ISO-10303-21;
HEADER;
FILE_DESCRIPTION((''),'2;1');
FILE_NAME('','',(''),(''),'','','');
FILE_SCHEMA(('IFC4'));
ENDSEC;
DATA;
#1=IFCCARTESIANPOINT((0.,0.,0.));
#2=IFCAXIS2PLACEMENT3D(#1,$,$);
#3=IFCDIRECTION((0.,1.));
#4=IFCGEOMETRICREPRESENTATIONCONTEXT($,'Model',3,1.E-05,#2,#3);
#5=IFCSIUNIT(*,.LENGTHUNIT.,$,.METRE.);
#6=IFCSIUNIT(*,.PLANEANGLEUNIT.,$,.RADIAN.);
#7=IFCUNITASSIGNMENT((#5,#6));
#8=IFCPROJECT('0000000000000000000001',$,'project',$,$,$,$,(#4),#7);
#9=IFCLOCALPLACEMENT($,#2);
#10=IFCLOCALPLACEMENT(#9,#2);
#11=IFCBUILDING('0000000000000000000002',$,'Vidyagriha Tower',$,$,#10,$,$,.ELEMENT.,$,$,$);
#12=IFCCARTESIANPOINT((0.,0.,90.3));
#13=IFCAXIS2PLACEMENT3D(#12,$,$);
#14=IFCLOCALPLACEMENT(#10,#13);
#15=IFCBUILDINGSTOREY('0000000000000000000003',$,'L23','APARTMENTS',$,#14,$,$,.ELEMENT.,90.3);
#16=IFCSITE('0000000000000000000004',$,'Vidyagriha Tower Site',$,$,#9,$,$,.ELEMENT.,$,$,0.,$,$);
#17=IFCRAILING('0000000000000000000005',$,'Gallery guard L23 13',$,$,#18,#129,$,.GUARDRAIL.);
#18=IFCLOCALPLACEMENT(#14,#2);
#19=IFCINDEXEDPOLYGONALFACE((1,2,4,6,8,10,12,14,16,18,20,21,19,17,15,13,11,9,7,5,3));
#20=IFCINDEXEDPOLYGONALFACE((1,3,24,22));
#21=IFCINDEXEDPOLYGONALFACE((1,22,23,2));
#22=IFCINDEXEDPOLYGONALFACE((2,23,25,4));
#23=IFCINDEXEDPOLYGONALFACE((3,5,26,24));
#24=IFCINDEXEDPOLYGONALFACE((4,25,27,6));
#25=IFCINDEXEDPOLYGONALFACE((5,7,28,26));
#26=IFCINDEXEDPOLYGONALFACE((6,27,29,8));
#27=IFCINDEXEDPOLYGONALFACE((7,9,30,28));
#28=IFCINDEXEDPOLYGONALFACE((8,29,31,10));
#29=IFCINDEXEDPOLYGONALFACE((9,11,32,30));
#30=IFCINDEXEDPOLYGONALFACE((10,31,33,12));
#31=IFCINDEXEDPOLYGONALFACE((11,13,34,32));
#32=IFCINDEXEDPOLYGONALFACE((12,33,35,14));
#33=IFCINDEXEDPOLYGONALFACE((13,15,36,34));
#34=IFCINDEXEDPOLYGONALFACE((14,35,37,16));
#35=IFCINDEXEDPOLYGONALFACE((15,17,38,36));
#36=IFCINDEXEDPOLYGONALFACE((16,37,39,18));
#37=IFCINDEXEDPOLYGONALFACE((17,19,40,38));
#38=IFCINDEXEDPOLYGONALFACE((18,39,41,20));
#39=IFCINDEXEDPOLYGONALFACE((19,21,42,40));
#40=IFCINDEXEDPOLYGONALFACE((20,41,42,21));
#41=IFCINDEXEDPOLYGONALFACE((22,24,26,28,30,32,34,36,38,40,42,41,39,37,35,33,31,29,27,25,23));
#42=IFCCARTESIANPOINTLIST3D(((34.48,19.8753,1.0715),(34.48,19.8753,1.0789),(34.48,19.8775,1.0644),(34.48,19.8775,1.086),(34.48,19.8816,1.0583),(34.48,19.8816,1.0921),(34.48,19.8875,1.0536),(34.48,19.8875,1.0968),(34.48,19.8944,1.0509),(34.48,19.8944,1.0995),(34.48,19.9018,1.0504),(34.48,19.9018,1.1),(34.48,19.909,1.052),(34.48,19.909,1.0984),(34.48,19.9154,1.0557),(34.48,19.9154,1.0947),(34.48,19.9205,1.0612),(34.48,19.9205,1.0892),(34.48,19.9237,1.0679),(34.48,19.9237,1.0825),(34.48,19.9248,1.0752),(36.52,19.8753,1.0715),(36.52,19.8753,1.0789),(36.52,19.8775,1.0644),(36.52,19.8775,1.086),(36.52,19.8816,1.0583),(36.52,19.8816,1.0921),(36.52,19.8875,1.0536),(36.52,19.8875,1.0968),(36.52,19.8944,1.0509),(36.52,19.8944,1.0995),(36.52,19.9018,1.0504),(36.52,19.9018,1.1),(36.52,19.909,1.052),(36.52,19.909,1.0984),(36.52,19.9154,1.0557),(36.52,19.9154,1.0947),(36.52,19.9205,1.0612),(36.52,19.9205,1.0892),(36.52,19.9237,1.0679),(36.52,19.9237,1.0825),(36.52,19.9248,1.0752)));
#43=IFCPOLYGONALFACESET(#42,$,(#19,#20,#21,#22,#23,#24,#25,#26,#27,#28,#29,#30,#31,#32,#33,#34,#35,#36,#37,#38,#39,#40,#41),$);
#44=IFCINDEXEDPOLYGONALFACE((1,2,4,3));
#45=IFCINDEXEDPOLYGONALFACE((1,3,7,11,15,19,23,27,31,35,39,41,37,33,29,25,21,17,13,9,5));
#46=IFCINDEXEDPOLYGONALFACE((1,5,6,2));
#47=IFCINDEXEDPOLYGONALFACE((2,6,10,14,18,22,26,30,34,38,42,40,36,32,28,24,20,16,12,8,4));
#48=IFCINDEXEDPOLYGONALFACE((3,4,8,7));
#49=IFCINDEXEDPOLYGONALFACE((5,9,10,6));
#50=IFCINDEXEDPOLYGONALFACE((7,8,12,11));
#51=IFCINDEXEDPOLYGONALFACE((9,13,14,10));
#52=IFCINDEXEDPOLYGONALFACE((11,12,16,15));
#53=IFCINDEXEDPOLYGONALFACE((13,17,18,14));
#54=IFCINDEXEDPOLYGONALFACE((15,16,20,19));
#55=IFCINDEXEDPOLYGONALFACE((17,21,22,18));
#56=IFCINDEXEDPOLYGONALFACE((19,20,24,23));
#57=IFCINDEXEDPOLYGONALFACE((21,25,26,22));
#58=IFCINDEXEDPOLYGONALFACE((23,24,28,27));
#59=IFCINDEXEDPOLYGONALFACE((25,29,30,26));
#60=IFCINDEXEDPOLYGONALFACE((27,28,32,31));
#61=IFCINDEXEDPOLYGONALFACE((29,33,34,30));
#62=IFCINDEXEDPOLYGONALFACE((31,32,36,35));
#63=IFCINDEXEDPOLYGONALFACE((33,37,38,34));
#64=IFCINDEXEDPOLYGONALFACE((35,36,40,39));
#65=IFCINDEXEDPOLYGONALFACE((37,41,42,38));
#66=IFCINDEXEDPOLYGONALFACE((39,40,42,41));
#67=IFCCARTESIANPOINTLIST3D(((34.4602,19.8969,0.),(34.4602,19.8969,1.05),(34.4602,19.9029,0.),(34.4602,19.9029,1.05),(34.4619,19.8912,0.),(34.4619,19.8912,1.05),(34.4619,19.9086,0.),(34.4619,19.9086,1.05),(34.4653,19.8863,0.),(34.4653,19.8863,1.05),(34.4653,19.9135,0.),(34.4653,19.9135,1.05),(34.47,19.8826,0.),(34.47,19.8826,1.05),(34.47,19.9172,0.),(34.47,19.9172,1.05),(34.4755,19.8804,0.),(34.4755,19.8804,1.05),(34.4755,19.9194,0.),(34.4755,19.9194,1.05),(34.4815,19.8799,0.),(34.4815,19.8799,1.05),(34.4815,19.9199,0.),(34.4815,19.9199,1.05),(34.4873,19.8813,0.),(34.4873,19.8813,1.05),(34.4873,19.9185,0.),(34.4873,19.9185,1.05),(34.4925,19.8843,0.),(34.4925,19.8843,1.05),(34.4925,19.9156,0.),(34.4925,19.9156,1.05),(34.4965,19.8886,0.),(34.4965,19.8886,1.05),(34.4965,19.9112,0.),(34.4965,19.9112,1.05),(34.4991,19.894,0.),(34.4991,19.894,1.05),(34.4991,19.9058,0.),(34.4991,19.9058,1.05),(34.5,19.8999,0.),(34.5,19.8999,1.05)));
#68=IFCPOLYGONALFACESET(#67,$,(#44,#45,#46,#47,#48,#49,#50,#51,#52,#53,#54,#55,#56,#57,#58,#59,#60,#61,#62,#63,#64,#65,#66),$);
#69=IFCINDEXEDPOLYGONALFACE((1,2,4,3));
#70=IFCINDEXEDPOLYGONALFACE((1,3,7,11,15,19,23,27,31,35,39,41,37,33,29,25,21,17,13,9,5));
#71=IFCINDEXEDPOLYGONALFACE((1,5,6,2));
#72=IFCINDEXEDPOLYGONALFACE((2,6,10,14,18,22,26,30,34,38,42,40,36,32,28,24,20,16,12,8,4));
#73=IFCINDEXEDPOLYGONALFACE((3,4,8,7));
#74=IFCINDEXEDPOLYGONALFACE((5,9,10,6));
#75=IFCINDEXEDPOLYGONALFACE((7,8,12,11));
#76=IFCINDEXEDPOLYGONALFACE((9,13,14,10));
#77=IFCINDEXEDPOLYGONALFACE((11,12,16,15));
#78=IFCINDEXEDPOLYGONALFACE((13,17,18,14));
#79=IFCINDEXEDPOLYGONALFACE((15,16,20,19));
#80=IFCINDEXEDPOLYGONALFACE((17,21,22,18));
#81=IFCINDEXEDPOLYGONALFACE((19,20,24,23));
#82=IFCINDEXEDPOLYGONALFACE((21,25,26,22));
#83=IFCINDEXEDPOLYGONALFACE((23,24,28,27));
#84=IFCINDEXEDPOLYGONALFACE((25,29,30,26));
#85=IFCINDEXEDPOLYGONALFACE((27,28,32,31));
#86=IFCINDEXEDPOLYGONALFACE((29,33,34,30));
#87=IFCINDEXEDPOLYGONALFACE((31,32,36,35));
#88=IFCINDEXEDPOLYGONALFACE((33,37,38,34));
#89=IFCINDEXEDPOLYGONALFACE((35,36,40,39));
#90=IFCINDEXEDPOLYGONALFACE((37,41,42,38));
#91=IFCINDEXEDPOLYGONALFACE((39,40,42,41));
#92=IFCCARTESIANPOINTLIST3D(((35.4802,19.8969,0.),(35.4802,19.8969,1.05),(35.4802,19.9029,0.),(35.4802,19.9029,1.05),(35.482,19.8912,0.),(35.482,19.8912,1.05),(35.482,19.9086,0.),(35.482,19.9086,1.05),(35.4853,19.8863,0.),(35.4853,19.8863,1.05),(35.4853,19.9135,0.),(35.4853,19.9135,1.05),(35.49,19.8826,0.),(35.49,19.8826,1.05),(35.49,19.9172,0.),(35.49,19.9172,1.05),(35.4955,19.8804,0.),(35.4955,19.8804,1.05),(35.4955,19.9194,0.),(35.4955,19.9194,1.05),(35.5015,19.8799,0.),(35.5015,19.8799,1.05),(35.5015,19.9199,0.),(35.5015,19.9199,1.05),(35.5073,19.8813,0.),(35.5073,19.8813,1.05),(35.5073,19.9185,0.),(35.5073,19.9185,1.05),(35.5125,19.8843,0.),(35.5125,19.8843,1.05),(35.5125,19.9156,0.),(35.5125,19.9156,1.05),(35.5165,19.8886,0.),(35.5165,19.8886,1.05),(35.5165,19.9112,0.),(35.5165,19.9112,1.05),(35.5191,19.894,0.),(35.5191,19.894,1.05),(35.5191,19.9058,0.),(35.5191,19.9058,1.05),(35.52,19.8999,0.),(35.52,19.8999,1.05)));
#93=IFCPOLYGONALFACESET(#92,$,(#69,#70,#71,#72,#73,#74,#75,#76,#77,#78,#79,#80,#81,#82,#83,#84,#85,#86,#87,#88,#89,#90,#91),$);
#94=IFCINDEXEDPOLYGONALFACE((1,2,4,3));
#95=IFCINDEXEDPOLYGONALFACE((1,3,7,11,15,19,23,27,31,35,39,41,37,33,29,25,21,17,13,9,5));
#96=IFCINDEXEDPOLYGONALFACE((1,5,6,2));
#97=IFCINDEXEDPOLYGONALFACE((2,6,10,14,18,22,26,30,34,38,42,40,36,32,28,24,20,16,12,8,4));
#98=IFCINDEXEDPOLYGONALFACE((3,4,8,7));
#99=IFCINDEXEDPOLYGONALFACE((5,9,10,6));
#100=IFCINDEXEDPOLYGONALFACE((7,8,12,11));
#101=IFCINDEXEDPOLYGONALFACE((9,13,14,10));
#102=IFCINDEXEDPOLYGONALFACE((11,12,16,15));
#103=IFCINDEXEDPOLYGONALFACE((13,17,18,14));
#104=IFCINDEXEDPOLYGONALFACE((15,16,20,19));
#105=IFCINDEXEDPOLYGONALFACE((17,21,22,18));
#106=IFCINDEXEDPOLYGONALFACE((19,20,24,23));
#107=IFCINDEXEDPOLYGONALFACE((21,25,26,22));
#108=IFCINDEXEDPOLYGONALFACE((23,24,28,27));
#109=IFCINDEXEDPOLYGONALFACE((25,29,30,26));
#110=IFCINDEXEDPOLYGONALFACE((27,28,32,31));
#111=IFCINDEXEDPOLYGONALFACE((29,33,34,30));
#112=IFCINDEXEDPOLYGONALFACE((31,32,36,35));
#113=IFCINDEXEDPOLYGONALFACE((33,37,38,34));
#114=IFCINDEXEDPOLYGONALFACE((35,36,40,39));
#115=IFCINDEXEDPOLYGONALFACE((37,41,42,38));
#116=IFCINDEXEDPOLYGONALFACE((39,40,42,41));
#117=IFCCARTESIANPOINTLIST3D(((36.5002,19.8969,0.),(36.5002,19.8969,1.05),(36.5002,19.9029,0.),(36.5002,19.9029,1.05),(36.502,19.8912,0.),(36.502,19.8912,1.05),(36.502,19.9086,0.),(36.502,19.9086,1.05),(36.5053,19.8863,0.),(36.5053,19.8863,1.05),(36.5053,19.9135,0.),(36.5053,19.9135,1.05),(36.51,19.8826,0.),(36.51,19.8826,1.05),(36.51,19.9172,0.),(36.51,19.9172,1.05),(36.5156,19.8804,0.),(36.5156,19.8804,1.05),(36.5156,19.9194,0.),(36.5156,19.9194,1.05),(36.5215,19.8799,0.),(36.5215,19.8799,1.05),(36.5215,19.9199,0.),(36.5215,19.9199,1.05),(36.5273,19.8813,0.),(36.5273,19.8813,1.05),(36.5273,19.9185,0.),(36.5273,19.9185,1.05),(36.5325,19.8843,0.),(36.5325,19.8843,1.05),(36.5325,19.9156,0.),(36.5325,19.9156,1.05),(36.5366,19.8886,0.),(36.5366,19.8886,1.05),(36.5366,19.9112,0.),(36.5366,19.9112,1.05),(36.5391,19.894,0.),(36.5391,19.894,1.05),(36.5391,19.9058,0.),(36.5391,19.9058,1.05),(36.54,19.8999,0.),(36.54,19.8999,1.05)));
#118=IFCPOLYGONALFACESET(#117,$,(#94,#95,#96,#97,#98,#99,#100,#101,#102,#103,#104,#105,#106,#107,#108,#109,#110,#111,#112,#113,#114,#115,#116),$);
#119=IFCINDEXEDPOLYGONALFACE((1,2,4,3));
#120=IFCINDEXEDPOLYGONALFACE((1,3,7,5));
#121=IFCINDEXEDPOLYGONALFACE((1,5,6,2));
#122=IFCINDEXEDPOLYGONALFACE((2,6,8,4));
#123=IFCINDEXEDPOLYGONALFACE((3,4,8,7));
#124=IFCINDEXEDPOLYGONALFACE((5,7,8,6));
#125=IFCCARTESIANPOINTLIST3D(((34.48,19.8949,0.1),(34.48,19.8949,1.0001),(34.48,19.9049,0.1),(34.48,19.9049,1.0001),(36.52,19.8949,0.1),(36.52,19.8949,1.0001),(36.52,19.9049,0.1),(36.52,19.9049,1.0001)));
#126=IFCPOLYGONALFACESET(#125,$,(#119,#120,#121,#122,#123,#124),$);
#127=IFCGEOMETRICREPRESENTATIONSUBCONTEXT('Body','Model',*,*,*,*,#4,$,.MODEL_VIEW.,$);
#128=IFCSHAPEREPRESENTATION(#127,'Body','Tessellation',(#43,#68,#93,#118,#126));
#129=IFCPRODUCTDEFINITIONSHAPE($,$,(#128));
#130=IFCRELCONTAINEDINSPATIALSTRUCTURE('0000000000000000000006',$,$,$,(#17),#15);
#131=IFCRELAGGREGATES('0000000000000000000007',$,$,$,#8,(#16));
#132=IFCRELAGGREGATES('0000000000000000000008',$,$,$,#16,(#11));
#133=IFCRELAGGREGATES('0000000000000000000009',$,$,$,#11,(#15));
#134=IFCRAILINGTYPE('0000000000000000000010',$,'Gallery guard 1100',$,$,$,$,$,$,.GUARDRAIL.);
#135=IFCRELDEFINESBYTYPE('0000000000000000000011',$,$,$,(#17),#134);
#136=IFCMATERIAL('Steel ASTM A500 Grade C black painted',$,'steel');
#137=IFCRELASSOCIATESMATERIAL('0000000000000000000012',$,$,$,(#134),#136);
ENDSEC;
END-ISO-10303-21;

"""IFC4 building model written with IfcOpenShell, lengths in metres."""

from ifc_helpers import new_model, si_unit, direction, frame, origin, origin_2d, place, context, subcontext, project, spatial, rectangle, circle, extrude, material, type_object, element, save


model = new_model("IFC4")

# Units and contexts
model_context = context("Model", 3, precision=1e-05, world=origin(), true_north=direction((0.0, 1.0)))
body_context = subcontext(model_context, "Body", "Model", "MODEL_VIEW")
ifc_project = project(units=[si_unit("LENGTHUNIT", "METRE"), si_unit("PLANEANGLEUNIT", "RADIAN")], contexts=[model_context])

# Site, building, storey
site_placement = place(None, origin())
site = spatial("IfcSite", under=ifc_project, at=site_placement, Name="Vidyagriha Tower Site", CompositionType="ELEMENT", RefElevation=0.0)
building_placement = place(site_placement, origin())
building = spatial("IfcBuilding", under=site, at=building_placement, Name="Vidyagriha Tower", CompositionType="ELEMENT")
storey_placement = place(building_placement, frame((0.0, 0.0, 90.3)))
storey = spatial("IfcBuildingStorey", under=building, at=storey_placement, Name="L23", Description="APARTMENTS", CompositionType="ELEMENT", Elevation=90.3)

# Railing
ifc_material_1 = material(Name="Steel ASTM A500 Grade C black painted", Category="steel")
railing_type = type_object("IfcRailingType", Name="Gallery guard 1100", PredefinedType="GUARDRAIL", material=ifc_material_1)
railing_1_placement = place(storey_placement, frame((34.48, 19.8999, 0.0)))
element("IfcRailing", 1, at=railing_1_placement, inside=storey, type_object=railing_type, Name="Gallery guard L23 13", PredefinedType="GUARDRAIL", context=body_context, shape_type="SweptSolid", body=[
    extrude(circle(Radius=0.0249, at=origin_2d()), frame((0.0, 0.0, 1.0752), z_axis=(1.0, 0.0, 0.0), x_axis=(0.0, 1.0, 0.0)), (0.0, 0.0, 1.0), 2.04),
    extrude(circle(Radius=0.02, at=origin_2d()), origin(), (0.0, 0.0, 1.0), 1.05),
    extrude(circle(Radius=0.02, at=origin_2d()), frame((1.02, 0.0, 0.0)), (0.0, 0.0, 1.0), 1.05),
    extrude(circle(Radius=0.02, at=origin_2d()), frame((2.04, 0.0, 0.0)), (0.0, 0.0, 1.0), 1.05),
    extrude(rectangle(XDim=0.01, YDim=0.9001, at=origin_2d()), frame((0.0, 0.0, 0.55), z_axis=(1.0, 0.0, 0.0), x_axis=(0.0, 1.0, 0.0)), (0.0, 0.0, 1.0), 2.04),
])

save(model, "model.ifc")
